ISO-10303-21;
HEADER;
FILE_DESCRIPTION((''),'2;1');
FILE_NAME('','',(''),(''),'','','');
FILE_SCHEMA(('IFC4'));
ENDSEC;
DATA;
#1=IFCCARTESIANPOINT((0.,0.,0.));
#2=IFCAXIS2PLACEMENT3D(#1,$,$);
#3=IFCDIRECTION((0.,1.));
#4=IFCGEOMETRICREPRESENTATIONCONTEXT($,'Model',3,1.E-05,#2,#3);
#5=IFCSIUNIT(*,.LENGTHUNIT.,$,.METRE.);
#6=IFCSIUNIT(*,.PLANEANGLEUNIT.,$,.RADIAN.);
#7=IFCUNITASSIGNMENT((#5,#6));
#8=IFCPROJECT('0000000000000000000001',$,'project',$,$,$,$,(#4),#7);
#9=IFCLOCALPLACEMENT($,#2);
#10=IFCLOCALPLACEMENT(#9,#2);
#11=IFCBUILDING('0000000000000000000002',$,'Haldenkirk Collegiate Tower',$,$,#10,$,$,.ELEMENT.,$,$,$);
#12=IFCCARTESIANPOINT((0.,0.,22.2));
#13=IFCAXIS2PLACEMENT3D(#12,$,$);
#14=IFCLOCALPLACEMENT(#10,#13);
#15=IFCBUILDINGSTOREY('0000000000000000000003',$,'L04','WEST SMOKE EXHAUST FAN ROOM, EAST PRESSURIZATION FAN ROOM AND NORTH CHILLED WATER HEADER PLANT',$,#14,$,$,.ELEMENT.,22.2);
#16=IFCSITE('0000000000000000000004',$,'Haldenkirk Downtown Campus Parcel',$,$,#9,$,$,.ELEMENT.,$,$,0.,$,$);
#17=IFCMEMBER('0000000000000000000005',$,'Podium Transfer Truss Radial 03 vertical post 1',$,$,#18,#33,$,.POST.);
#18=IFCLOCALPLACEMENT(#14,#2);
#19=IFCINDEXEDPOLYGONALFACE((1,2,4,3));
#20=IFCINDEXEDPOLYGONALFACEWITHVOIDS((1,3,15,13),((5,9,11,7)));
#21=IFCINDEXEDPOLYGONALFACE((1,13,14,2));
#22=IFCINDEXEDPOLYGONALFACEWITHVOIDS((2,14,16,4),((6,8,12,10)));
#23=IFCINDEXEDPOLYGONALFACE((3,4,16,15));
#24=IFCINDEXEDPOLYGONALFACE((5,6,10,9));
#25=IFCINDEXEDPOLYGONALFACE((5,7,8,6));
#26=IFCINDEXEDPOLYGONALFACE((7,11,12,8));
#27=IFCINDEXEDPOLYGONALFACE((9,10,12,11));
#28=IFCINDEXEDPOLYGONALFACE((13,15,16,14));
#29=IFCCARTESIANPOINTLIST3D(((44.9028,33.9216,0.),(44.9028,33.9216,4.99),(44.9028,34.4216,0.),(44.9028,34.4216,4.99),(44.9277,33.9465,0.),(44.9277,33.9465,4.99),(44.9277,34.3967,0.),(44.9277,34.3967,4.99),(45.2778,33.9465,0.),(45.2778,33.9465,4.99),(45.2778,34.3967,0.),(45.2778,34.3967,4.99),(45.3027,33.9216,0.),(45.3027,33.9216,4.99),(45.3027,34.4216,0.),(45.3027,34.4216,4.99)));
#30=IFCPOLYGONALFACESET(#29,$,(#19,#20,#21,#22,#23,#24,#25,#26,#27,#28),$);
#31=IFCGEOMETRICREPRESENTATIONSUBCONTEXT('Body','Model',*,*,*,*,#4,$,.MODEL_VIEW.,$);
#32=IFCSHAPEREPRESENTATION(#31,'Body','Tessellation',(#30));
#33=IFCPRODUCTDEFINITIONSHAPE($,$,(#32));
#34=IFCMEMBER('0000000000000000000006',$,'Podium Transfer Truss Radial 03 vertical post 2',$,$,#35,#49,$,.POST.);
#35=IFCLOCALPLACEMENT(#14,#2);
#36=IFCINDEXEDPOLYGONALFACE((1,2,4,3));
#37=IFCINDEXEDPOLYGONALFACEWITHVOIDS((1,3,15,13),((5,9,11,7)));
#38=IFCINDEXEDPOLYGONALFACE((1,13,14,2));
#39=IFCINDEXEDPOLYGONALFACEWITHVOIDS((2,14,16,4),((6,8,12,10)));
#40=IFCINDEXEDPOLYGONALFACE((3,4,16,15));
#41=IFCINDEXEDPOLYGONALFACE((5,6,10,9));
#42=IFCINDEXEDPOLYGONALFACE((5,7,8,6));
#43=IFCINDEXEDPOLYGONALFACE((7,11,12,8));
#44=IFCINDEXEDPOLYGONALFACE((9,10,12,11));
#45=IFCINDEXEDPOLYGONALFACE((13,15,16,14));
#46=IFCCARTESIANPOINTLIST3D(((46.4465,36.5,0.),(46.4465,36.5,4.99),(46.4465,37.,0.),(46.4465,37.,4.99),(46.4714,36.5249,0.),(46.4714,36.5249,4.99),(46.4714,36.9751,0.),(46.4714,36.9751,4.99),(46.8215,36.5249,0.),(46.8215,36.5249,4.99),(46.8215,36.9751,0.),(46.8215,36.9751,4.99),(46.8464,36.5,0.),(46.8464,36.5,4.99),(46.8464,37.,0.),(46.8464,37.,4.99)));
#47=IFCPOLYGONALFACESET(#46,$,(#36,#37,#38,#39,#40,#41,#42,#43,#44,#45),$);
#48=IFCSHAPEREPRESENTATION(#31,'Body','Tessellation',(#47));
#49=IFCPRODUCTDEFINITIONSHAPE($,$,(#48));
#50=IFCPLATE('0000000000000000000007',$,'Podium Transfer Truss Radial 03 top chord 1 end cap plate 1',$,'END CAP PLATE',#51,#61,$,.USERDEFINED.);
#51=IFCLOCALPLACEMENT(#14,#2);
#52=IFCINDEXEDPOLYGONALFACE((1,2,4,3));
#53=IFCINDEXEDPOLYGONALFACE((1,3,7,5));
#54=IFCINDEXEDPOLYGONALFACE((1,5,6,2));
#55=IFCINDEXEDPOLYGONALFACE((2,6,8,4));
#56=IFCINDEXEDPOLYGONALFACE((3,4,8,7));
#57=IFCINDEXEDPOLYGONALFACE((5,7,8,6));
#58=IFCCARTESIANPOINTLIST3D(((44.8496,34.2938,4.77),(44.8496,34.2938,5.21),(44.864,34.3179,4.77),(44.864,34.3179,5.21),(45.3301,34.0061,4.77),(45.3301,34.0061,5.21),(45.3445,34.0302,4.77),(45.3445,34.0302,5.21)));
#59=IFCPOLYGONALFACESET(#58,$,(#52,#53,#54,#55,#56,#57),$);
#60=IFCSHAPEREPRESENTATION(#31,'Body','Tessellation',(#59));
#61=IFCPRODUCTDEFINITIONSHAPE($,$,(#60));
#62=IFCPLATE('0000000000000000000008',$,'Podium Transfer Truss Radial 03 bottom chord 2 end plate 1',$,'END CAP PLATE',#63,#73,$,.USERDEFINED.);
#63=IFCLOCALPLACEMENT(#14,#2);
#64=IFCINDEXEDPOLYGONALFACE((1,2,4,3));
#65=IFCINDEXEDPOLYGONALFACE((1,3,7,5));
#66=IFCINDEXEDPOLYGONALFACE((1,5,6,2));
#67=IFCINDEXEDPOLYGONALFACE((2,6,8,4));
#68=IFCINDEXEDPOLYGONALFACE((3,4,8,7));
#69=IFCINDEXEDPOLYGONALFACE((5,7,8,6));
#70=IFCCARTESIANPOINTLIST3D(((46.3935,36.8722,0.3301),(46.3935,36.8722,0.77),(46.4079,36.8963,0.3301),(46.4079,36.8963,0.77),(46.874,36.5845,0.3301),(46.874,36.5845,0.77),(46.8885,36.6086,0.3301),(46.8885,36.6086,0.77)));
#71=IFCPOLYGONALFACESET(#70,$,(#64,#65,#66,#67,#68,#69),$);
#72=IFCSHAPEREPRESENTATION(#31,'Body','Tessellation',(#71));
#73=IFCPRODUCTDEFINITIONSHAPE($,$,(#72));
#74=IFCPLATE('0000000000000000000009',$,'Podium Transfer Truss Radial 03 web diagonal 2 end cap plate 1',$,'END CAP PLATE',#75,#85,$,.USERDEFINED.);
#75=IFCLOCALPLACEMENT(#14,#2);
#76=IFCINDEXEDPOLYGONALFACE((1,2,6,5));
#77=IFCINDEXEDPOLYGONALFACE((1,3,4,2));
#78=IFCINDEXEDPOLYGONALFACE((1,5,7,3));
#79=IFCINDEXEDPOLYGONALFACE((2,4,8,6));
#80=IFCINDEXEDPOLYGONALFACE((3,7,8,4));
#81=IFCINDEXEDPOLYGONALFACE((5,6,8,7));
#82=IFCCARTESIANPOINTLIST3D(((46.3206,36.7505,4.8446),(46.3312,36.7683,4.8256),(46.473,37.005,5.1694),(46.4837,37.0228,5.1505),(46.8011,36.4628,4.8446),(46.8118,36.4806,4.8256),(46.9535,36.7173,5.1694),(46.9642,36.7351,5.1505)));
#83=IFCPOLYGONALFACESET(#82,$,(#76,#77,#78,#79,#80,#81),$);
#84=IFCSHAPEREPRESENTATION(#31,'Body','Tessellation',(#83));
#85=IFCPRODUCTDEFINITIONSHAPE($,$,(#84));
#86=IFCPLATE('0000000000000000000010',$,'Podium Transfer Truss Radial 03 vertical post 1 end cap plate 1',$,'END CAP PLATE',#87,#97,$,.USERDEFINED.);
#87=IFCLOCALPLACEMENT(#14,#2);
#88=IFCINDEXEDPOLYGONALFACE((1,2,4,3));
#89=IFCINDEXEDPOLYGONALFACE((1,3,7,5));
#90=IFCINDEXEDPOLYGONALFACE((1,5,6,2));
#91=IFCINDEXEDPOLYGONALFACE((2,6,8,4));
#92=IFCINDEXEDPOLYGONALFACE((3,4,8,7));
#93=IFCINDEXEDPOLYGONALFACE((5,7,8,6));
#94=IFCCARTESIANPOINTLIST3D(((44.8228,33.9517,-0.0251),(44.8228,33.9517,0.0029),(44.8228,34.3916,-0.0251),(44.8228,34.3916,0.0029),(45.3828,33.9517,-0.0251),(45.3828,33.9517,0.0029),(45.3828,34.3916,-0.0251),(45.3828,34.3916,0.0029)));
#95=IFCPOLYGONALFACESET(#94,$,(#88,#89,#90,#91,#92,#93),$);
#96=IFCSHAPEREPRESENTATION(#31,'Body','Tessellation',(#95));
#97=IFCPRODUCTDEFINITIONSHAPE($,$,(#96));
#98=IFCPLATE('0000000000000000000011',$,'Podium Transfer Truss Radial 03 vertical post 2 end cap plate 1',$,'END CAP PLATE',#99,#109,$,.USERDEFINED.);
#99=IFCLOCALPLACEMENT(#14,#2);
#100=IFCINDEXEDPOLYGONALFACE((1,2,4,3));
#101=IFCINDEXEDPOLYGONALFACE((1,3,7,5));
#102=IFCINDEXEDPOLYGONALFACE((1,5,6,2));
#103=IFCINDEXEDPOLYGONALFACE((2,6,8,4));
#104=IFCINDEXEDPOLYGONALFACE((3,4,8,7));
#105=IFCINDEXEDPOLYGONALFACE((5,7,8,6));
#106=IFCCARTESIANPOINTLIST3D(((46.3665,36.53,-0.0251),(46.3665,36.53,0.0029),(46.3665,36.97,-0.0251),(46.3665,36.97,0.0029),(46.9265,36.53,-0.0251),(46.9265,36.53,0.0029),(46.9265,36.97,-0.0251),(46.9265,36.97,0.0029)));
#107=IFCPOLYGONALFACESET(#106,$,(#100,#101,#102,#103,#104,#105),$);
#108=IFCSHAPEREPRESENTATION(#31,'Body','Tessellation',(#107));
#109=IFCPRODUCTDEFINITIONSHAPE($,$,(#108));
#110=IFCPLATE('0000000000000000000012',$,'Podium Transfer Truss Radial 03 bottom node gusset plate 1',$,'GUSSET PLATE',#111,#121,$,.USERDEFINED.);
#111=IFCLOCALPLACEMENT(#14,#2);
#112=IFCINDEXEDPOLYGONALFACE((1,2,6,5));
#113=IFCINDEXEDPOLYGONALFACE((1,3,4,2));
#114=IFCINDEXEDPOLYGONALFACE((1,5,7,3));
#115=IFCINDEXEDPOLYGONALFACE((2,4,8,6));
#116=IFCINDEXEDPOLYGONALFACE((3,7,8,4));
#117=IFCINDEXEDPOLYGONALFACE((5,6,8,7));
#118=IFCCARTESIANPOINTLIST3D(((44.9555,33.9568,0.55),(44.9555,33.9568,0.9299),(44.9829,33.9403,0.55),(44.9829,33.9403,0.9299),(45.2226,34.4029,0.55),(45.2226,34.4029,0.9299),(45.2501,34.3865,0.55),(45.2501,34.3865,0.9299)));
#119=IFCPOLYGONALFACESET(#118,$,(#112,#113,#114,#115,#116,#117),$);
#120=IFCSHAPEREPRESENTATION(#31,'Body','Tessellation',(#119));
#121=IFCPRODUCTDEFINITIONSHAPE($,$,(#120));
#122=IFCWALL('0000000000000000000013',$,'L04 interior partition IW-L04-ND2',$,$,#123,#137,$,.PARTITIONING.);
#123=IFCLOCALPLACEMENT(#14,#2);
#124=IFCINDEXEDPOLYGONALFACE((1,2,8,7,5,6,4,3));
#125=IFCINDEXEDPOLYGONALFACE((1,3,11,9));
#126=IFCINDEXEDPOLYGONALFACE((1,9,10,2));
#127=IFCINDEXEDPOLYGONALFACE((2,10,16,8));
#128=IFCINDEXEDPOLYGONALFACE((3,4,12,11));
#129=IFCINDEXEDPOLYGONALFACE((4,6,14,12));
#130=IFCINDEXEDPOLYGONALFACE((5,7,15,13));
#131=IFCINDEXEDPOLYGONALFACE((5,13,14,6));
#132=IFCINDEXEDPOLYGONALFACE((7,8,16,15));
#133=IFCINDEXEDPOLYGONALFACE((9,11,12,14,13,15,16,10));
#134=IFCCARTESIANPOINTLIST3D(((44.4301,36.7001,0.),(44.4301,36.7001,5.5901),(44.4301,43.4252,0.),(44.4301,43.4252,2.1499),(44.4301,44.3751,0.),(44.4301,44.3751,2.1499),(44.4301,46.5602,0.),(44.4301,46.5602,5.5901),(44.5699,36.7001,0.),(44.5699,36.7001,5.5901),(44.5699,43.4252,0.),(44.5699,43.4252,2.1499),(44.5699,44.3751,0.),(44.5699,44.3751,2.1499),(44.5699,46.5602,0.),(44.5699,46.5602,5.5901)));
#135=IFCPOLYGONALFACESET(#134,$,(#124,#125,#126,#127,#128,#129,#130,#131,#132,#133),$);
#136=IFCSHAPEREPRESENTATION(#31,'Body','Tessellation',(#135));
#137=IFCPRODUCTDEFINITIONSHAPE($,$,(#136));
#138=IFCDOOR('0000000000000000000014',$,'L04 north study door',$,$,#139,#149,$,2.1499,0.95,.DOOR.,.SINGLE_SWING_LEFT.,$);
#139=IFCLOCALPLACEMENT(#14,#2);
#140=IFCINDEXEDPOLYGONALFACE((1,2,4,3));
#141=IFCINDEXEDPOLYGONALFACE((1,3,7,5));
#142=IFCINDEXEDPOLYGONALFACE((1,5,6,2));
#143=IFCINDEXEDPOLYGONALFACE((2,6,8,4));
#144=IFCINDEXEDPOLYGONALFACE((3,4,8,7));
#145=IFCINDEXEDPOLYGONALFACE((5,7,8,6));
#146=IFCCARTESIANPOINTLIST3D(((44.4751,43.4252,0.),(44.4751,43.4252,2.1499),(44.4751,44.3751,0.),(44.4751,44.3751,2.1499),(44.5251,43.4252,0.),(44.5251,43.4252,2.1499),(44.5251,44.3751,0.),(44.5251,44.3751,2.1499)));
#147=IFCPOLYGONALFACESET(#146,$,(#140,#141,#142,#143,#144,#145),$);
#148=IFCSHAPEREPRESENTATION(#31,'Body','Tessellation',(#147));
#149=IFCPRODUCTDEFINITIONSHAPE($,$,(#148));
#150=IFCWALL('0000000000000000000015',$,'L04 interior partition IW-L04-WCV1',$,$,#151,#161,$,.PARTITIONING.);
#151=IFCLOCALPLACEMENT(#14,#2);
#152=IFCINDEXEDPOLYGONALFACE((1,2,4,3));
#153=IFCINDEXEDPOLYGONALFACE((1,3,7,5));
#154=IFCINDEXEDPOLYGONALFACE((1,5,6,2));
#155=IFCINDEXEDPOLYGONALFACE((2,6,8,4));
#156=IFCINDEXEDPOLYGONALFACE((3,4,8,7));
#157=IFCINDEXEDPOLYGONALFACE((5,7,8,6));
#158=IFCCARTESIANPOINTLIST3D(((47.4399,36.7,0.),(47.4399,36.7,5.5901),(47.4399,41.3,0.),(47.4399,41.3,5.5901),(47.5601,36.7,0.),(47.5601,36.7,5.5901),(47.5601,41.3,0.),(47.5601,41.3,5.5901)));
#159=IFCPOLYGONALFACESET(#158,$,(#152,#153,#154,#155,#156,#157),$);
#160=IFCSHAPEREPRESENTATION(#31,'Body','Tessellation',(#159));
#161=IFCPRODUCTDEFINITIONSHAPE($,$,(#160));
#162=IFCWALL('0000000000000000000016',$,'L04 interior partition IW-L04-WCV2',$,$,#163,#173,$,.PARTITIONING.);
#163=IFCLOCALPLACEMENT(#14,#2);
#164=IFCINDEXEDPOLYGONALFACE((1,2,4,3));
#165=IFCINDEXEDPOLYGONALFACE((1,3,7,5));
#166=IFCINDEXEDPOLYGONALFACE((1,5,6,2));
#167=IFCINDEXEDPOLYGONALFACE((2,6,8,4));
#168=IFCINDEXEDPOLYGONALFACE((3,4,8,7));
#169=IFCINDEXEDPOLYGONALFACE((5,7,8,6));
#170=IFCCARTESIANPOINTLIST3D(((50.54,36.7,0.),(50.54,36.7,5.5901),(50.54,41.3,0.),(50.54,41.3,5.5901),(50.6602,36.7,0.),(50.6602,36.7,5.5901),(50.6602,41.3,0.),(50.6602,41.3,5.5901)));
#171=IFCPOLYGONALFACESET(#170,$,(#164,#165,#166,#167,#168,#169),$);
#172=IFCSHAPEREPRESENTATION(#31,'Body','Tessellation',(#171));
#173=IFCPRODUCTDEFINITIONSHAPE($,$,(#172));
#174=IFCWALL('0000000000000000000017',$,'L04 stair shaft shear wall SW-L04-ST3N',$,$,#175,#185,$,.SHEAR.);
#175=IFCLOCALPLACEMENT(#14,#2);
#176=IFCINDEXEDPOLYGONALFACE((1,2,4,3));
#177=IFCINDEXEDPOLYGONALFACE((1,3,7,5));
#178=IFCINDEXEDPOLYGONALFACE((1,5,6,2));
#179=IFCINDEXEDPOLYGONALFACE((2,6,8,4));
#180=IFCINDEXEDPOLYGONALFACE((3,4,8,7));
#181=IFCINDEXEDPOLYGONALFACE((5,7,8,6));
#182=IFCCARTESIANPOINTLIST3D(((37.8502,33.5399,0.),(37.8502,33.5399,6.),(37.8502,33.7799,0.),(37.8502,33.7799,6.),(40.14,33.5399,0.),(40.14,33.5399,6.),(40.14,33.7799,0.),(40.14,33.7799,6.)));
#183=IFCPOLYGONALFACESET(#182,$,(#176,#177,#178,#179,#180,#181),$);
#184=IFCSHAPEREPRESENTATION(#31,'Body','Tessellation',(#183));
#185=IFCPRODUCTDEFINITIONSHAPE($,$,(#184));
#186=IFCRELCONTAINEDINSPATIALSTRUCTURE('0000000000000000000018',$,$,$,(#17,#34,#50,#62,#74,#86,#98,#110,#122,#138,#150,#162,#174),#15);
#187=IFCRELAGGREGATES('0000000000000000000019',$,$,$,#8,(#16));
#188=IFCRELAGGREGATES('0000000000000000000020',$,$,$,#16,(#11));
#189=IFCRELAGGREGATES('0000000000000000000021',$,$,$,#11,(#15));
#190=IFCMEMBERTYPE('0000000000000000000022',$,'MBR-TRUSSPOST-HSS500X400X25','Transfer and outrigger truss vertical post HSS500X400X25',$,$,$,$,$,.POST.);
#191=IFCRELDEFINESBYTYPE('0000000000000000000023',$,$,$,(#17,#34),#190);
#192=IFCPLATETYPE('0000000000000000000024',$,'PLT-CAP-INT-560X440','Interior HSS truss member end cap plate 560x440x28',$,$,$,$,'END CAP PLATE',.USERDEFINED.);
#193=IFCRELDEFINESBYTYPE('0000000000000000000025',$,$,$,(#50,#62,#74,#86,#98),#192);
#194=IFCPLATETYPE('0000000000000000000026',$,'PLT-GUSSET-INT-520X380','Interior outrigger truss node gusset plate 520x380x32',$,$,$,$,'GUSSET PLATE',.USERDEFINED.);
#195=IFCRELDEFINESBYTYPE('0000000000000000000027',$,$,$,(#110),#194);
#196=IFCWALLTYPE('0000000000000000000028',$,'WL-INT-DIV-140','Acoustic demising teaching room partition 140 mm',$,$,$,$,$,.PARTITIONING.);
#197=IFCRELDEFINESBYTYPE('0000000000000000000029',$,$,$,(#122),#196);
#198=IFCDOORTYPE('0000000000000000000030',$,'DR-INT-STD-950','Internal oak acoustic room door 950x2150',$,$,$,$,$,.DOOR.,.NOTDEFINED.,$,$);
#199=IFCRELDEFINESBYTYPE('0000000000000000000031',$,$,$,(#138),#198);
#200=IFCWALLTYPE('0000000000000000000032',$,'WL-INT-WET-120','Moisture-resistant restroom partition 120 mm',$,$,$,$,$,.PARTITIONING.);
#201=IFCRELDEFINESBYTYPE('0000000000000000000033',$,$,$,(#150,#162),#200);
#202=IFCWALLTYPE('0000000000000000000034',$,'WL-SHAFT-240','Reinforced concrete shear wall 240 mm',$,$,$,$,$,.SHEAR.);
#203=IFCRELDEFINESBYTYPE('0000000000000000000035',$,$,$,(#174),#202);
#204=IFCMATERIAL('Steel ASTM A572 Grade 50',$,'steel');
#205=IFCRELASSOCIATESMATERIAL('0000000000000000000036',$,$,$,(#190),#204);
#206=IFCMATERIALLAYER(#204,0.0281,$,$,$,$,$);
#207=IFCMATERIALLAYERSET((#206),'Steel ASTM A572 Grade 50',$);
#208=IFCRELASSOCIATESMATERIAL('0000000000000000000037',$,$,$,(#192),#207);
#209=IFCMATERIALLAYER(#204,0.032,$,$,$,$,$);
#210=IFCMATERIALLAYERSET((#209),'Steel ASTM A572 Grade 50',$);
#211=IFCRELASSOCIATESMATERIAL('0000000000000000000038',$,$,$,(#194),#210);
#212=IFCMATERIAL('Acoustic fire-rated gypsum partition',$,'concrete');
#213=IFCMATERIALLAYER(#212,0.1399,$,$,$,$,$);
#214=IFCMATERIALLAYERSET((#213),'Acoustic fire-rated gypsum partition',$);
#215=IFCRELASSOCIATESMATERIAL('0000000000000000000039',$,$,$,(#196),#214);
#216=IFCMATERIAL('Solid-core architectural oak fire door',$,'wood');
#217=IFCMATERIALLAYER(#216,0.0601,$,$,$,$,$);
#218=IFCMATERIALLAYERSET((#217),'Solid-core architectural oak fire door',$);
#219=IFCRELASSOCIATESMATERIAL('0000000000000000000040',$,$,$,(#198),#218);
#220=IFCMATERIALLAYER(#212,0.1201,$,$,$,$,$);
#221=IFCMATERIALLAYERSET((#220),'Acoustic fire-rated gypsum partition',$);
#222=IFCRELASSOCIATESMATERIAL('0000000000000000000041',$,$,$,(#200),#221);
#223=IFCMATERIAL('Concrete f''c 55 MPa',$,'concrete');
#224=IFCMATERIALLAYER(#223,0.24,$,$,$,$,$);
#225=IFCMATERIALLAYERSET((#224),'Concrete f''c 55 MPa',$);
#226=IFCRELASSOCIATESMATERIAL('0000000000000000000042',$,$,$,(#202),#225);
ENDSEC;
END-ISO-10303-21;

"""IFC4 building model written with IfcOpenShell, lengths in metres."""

from ifc_helpers import new_model, si_unit, direction, frame, frame_2d, origin, origin_2d, place, context, subcontext, project, spatial, rectangle, hollow_rectangle, extrude, source, transform, mapped, material, layer, layer_set, material_profile, profile_set, type_object, element, fill, save


model = new_model("IFC4")

# Units and contexts
model_context = context("Model", 3, precision=1e-05, world=origin(), true_north=direction((0.0, 1.0)))
body_context = subcontext(model_context, "Body", "Model", "MODEL_VIEW")
ifc_project = project(units=[si_unit("LENGTHUNIT", "METRE"), si_unit("PLANEANGLEUNIT", "RADIAN")], contexts=[model_context])

# Site, building, storey
site_placement = place(None, origin())
site = spatial("IfcSite", under=ifc_project, at=site_placement, Name="Haldenkirk Downtown Campus Parcel", CompositionType="ELEMENT", RefElevation=0.0)
building_placement = place(site_placement, origin())
building = spatial("IfcBuilding", under=site, at=building_placement, Name="Haldenkirk Collegiate Tower", CompositionType="ELEMENT")
storey_placement = place(building_placement, frame((0.0, 0.0, 22.2)))
storey = spatial("IfcBuildingStorey", under=building, at=storey_placement, Name="L04", Description="WEST SMOKE EXHAUST FAN ROOM, EAST PRESSURIZATION FAN ROOM AND NORTH CHILLED WATER HEADER PLANT", CompositionType="ELEMENT", Elevation=22.2)

# Members
ifc_material_1 = material(Name="Steel ASTM A572 Grade 50", Category="steel")
ifc_material_profile_1 = material_profile(ifc_material_1, hollow_rectangle(XDim=0.3999, YDim=0.5, WallThickness=0.0249, at=origin_2d()), Name="HSS500X400X25")
ifc_profile_set_1 = profile_set([ifc_material_profile_1], Name="Steel ASTM A572 Grade 50")
member_type_1 = type_object("IfcMemberType", Name="MBR-TRUSSPOST-HSS500X400X25", Description="Transfer and outrigger truss vertical post HSS500X400X25", PredefinedType="POST", material=ifc_profile_set_1)
for number, where, z_axis, x_axis, name in (
    (1, (45.1028, 34.1716, 0.0), (0.0, 0.0, 1.0), (1.0, 0.0, 0.0), "Podium Transfer Truss Radial 03 vertical post 1"),
    (2, (46.6465, 36.75, 0.0), (0.0, 0.0, 1.0), (1.0, 0.0, 0.0), "Podium Transfer Truss Radial 03 vertical post 2"),
):
    element("IfcMember", number, at=place(storey_placement, frame(where, z_axis=z_axis, x_axis=x_axis)), inside=storey, type_object=member_type_1, Name=name, PredefinedType="POST", context=body_context, shape_type="SweptSolid", body=[
        extrude(hollow_rectangle(XDim=0.3999, YDim=0.5, WallThickness=0.0249, at=origin_2d()), origin(), (0.0, 0.0, 1.0), 4.99),
    ])

# Plates
ifc_layer_1 = layer(ifc_material_1, 0.0281)
ifc_layer_set_1 = layer_set([ifc_layer_1], Name="Steel ASTM A572 Grade 50")
plate_type_1 = type_object("IfcPlateType", Name="PLT-CAP-INT-560X440", Description="Interior HSS truss member end cap plate 560x440x28", ElementType="END CAP PLATE", PredefinedType="USERDEFINED", material=ifc_layer_set_1)
shared_shape_1 = source(origin(), body_context, "Body", "SweptSolid", [
    extrude(rectangle(XDim=0.5601, YDim=0.4399, at=origin_2d()), origin(), (0.0, 0.0, 1.0), 0.0281),
])
for number, where, z_axis, x_axis, name in (
    (3, (45.1042, 34.1741, 4.99), (-0.513703, -0.857968, 0.0), (0.857968, -0.513703, 0.0), "Podium Transfer Truss Radial 03 top chord 1 end cap plate 1"),
    (4, (46.6482, 36.7524, 0.55), (-0.513699, -0.85797, 0.0), (0.85797, -0.513699, 0.0), "Podium Transfer Truss Radial 03 bottom chord 2 end plate 1"),
    (5, (46.6477, 36.7517, 4.988), (-0.3793, -0.633503, 0.674392), (0.857972, -0.513697, 0.0), "Podium Transfer Truss Radial 03 web diagonal 2 end cap plate 1"),
    (6, (45.1028, 34.1716, 0.0029), (0.0, 0.0, -1.0), (1.0, 0.0, 0.0), "Podium Transfer Truss Radial 03 vertical post 1 end cap plate 1"),
    (7, (46.6465, 36.75, 0.0029), (0.0, 0.0, -1.0), (1.0, 0.0, 0.0), "Podium Transfer Truss Radial 03 vertical post 2 end cap plate 1"),
):
    element("IfcPlate", number, at=place(storey_placement, frame(where, z_axis=z_axis, x_axis=x_axis)), inside=storey, type_object=plate_type_1, Name=name, ObjectType="END CAP PLATE", PredefinedType="USERDEFINED", context=body_context, shape_type="MappedRepresentation", body=[
        mapped(shared_shape_1, transform((0.0, 0.0, 0.0), x_axis=(1.0, 0.0, 0.0), y_axis=(0.0, 1.0, 0.0), z_axis=(0.0, 0.0, 1.0), scale=1.0)),
    ])
ifc_layer_2 = layer(ifc_material_1, 0.032)
ifc_layer_set_2 = layer_set([ifc_layer_2], Name="Steel ASTM A572 Grade 50")
plate_type_2 = type_object("IfcPlateType", Name="PLT-GUSSET-INT-520X380", Description="Interior outrigger truss node gusset plate 520x380x32", ElementType="GUSSET PLATE", PredefinedType="USERDEFINED", material=ifc_layer_set_2)
shared_shape_2 = source(origin(), body_context, "Body", "SweptSolid", [
    extrude(rectangle(XDim=0.52, YDim=0.032, at=origin_2d()), origin(), (0.0, 0.0, 1.0), 0.3799),
])
plate_placement = place(storey_placement, frame((45.1028, 34.1716, 0.55), z_axis=(0.0, 0.0, 1.0), x_axis=(0.513699, 0.85797, 0.0)))
element("IfcPlate", 8, at=plate_placement, inside=storey, type_object=plate_type_2, Name="Podium Transfer Truss Radial 03 bottom node gusset plate 1", ObjectType="GUSSET PLATE", PredefinedType="USERDEFINED", context=body_context, shape_type="MappedRepresentation", body=[
    mapped(shared_shape_2, transform((0.0, 0.0, 0.0), x_axis=(1.0, 0.0, 0.0), y_axis=(0.0, 1.0, 0.0), z_axis=(0.0, 0.0, 1.0), scale=1.0)),
])

# Wall, opening, door
ifc_material_2 = material(Name="Acoustic fire-rated gypsum partition", Category="concrete")
ifc_layer_3 = layer(ifc_material_2, 0.1399)
ifc_layer_set_3 = layer_set([ifc_layer_3], Name="Acoustic fire-rated gypsum partition")
wall_type_1 = type_object("IfcWallType", Name="WL-INT-DIV-140", Description="Acoustic demising teaching room partition 140 mm", PredefinedType="PARTITIONING", material=ifc_layer_set_3)
wall_1_placement = place(storey_placement, frame((44.5, 36.7, 0.0), z_axis=(0.0, 0.0, 1.0), x_axis=(0.0, 1.0, 0.0)))
wall_1 = element("IfcWall", 9, at=wall_1_placement, inside=storey, type_object=wall_type_1, Name="L04 interior partition IW-L04-ND2", PredefinedType="PARTITIONING", context=body_context, shape_type="SweptSolid", body=[
    extrude(rectangle(XDim=9.8601, YDim=0.1399, at=frame_2d((4.9302, 0.0))), origin(), (0.0, 0.0, 1.0), 5.5901),
])
opening_placement = place(wall_1_placement, frame((6.7251, 0.0, 0.0)))
opening = element("IfcOpeningElement", 10, at=opening_placement, cuts=wall_1, PredefinedType="OPENING", context=body_context, shape_type="SweptSolid", body=[
    extrude(rectangle(XDim=0.95, YDim=2.1499, at=frame_2d((0.4751, 1.075))), frame((0.0, 0.0798, 0.0), z_axis=(0.0, -1.0, 0.0), x_axis=(1.0, 0.0, 0.0)), (0.0, 0.0, 1.0), 0.1599),
])
ifc_material_3 = material(Name="Solid-core architectural oak fire door", Category="wood")
ifc_layer_4 = layer(ifc_material_3, 0.0601)
ifc_layer_set_4 = layer_set([ifc_layer_4], Name="Solid-core architectural oak fire door")
door_type = type_object("IfcDoorType", Name="DR-INT-STD-950", Description="Internal oak acoustic room door 950x2150", OperationType="NOTDEFINED", PredefinedType="DOOR", material=ifc_layer_set_4)
door_placement = place(opening_placement, origin())
door = element("IfcDoor", 11, at=door_placement, inside=storey, type_object=door_type, Name="L04 north study door", OperationType="SINGLE_SWING_LEFT", OverallHeight=2.1499, OverallWidth=0.95, PredefinedType="DOOR", context=body_context, shape_type="SweptSolid", body=[
    extrude(rectangle(XDim=0.95, YDim=2.1499, at=frame_2d((0.4751, 1.075))), frame((0.0, 0.0249, 0.0), z_axis=(0.0, -1.0, 0.0), x_axis=(1.0, 0.0, 0.0)), (0.0, 0.0, 1.0), 0.05),
])
fill(opening, door)

# Walls
ifc_layer_5 = layer(ifc_material_2, 0.1201)
ifc_layer_set_5 = layer_set([ifc_layer_5], Name="Acoustic fire-rated gypsum partition")
wall_type_2 = type_object("IfcWallType", Name="WL-INT-WET-120", Description="Moisture-resistant restroom partition 120 mm", PredefinedType="PARTITIONING", material=ifc_layer_set_5)
for number, where, z_axis, x_axis, name in (
    (12, (47.5, 36.7, 0.0), (0.0, 0.0, 1.0), (0.0, 1.0, 0.0), "L04 interior partition IW-L04-WCV1"),
    (13, (50.6001, 36.7, 0.0), (0.0, 0.0, 1.0), (0.0, 1.0, 0.0), "L04 interior partition IW-L04-WCV2"),
):
    element("IfcWall", number, at=place(storey_placement, frame(where, z_axis=z_axis, x_axis=x_axis)), inside=storey, type_object=wall_type_2, Name=name, PredefinedType="PARTITIONING", context=body_context, shape_type="SweptSolid", body=[
        extrude(rectangle(XDim=4.6001, YDim=0.1201, at=frame_2d((2.3, 0.0))), origin(), (0.0, 0.0, 1.0), 5.5901),
    ])
ifc_material_4 = material(Name="Concrete f'c 55 MPa", Category="concrete")
ifc_layer_6 = layer(ifc_material_4, 0.24)
ifc_layer_set_6 = layer_set([ifc_layer_6], Name="Concrete f'c 55 MPa")
wall_type_3 = type_object("IfcWallType", Name="WL-SHAFT-240", Description="Reinforced concrete shear wall 240 mm", PredefinedType="SHEAR", material=ifc_layer_set_6)
wall_2_placement = place(storey_placement, frame((37.8501, 33.6599, 0.0), z_axis=(0.0, 0.0, 1.0), x_axis=(1.0, 0.0, 0.0)))
element("IfcWall", 14, at=wall_2_placement, inside=storey, type_object=wall_type_3, Name="L04 stair shaft shear wall SW-L04-ST3N", PredefinedType="SHEAR", context=body_context, shape_type="SweptSolid", body=[
    extrude(rectangle(XDim=2.2898, YDim=0.24, at=frame_2d((1.145, 0.0))), origin(), (0.0, 0.0, 1.0), 6.0),
])

save(model, "model.ifc")
